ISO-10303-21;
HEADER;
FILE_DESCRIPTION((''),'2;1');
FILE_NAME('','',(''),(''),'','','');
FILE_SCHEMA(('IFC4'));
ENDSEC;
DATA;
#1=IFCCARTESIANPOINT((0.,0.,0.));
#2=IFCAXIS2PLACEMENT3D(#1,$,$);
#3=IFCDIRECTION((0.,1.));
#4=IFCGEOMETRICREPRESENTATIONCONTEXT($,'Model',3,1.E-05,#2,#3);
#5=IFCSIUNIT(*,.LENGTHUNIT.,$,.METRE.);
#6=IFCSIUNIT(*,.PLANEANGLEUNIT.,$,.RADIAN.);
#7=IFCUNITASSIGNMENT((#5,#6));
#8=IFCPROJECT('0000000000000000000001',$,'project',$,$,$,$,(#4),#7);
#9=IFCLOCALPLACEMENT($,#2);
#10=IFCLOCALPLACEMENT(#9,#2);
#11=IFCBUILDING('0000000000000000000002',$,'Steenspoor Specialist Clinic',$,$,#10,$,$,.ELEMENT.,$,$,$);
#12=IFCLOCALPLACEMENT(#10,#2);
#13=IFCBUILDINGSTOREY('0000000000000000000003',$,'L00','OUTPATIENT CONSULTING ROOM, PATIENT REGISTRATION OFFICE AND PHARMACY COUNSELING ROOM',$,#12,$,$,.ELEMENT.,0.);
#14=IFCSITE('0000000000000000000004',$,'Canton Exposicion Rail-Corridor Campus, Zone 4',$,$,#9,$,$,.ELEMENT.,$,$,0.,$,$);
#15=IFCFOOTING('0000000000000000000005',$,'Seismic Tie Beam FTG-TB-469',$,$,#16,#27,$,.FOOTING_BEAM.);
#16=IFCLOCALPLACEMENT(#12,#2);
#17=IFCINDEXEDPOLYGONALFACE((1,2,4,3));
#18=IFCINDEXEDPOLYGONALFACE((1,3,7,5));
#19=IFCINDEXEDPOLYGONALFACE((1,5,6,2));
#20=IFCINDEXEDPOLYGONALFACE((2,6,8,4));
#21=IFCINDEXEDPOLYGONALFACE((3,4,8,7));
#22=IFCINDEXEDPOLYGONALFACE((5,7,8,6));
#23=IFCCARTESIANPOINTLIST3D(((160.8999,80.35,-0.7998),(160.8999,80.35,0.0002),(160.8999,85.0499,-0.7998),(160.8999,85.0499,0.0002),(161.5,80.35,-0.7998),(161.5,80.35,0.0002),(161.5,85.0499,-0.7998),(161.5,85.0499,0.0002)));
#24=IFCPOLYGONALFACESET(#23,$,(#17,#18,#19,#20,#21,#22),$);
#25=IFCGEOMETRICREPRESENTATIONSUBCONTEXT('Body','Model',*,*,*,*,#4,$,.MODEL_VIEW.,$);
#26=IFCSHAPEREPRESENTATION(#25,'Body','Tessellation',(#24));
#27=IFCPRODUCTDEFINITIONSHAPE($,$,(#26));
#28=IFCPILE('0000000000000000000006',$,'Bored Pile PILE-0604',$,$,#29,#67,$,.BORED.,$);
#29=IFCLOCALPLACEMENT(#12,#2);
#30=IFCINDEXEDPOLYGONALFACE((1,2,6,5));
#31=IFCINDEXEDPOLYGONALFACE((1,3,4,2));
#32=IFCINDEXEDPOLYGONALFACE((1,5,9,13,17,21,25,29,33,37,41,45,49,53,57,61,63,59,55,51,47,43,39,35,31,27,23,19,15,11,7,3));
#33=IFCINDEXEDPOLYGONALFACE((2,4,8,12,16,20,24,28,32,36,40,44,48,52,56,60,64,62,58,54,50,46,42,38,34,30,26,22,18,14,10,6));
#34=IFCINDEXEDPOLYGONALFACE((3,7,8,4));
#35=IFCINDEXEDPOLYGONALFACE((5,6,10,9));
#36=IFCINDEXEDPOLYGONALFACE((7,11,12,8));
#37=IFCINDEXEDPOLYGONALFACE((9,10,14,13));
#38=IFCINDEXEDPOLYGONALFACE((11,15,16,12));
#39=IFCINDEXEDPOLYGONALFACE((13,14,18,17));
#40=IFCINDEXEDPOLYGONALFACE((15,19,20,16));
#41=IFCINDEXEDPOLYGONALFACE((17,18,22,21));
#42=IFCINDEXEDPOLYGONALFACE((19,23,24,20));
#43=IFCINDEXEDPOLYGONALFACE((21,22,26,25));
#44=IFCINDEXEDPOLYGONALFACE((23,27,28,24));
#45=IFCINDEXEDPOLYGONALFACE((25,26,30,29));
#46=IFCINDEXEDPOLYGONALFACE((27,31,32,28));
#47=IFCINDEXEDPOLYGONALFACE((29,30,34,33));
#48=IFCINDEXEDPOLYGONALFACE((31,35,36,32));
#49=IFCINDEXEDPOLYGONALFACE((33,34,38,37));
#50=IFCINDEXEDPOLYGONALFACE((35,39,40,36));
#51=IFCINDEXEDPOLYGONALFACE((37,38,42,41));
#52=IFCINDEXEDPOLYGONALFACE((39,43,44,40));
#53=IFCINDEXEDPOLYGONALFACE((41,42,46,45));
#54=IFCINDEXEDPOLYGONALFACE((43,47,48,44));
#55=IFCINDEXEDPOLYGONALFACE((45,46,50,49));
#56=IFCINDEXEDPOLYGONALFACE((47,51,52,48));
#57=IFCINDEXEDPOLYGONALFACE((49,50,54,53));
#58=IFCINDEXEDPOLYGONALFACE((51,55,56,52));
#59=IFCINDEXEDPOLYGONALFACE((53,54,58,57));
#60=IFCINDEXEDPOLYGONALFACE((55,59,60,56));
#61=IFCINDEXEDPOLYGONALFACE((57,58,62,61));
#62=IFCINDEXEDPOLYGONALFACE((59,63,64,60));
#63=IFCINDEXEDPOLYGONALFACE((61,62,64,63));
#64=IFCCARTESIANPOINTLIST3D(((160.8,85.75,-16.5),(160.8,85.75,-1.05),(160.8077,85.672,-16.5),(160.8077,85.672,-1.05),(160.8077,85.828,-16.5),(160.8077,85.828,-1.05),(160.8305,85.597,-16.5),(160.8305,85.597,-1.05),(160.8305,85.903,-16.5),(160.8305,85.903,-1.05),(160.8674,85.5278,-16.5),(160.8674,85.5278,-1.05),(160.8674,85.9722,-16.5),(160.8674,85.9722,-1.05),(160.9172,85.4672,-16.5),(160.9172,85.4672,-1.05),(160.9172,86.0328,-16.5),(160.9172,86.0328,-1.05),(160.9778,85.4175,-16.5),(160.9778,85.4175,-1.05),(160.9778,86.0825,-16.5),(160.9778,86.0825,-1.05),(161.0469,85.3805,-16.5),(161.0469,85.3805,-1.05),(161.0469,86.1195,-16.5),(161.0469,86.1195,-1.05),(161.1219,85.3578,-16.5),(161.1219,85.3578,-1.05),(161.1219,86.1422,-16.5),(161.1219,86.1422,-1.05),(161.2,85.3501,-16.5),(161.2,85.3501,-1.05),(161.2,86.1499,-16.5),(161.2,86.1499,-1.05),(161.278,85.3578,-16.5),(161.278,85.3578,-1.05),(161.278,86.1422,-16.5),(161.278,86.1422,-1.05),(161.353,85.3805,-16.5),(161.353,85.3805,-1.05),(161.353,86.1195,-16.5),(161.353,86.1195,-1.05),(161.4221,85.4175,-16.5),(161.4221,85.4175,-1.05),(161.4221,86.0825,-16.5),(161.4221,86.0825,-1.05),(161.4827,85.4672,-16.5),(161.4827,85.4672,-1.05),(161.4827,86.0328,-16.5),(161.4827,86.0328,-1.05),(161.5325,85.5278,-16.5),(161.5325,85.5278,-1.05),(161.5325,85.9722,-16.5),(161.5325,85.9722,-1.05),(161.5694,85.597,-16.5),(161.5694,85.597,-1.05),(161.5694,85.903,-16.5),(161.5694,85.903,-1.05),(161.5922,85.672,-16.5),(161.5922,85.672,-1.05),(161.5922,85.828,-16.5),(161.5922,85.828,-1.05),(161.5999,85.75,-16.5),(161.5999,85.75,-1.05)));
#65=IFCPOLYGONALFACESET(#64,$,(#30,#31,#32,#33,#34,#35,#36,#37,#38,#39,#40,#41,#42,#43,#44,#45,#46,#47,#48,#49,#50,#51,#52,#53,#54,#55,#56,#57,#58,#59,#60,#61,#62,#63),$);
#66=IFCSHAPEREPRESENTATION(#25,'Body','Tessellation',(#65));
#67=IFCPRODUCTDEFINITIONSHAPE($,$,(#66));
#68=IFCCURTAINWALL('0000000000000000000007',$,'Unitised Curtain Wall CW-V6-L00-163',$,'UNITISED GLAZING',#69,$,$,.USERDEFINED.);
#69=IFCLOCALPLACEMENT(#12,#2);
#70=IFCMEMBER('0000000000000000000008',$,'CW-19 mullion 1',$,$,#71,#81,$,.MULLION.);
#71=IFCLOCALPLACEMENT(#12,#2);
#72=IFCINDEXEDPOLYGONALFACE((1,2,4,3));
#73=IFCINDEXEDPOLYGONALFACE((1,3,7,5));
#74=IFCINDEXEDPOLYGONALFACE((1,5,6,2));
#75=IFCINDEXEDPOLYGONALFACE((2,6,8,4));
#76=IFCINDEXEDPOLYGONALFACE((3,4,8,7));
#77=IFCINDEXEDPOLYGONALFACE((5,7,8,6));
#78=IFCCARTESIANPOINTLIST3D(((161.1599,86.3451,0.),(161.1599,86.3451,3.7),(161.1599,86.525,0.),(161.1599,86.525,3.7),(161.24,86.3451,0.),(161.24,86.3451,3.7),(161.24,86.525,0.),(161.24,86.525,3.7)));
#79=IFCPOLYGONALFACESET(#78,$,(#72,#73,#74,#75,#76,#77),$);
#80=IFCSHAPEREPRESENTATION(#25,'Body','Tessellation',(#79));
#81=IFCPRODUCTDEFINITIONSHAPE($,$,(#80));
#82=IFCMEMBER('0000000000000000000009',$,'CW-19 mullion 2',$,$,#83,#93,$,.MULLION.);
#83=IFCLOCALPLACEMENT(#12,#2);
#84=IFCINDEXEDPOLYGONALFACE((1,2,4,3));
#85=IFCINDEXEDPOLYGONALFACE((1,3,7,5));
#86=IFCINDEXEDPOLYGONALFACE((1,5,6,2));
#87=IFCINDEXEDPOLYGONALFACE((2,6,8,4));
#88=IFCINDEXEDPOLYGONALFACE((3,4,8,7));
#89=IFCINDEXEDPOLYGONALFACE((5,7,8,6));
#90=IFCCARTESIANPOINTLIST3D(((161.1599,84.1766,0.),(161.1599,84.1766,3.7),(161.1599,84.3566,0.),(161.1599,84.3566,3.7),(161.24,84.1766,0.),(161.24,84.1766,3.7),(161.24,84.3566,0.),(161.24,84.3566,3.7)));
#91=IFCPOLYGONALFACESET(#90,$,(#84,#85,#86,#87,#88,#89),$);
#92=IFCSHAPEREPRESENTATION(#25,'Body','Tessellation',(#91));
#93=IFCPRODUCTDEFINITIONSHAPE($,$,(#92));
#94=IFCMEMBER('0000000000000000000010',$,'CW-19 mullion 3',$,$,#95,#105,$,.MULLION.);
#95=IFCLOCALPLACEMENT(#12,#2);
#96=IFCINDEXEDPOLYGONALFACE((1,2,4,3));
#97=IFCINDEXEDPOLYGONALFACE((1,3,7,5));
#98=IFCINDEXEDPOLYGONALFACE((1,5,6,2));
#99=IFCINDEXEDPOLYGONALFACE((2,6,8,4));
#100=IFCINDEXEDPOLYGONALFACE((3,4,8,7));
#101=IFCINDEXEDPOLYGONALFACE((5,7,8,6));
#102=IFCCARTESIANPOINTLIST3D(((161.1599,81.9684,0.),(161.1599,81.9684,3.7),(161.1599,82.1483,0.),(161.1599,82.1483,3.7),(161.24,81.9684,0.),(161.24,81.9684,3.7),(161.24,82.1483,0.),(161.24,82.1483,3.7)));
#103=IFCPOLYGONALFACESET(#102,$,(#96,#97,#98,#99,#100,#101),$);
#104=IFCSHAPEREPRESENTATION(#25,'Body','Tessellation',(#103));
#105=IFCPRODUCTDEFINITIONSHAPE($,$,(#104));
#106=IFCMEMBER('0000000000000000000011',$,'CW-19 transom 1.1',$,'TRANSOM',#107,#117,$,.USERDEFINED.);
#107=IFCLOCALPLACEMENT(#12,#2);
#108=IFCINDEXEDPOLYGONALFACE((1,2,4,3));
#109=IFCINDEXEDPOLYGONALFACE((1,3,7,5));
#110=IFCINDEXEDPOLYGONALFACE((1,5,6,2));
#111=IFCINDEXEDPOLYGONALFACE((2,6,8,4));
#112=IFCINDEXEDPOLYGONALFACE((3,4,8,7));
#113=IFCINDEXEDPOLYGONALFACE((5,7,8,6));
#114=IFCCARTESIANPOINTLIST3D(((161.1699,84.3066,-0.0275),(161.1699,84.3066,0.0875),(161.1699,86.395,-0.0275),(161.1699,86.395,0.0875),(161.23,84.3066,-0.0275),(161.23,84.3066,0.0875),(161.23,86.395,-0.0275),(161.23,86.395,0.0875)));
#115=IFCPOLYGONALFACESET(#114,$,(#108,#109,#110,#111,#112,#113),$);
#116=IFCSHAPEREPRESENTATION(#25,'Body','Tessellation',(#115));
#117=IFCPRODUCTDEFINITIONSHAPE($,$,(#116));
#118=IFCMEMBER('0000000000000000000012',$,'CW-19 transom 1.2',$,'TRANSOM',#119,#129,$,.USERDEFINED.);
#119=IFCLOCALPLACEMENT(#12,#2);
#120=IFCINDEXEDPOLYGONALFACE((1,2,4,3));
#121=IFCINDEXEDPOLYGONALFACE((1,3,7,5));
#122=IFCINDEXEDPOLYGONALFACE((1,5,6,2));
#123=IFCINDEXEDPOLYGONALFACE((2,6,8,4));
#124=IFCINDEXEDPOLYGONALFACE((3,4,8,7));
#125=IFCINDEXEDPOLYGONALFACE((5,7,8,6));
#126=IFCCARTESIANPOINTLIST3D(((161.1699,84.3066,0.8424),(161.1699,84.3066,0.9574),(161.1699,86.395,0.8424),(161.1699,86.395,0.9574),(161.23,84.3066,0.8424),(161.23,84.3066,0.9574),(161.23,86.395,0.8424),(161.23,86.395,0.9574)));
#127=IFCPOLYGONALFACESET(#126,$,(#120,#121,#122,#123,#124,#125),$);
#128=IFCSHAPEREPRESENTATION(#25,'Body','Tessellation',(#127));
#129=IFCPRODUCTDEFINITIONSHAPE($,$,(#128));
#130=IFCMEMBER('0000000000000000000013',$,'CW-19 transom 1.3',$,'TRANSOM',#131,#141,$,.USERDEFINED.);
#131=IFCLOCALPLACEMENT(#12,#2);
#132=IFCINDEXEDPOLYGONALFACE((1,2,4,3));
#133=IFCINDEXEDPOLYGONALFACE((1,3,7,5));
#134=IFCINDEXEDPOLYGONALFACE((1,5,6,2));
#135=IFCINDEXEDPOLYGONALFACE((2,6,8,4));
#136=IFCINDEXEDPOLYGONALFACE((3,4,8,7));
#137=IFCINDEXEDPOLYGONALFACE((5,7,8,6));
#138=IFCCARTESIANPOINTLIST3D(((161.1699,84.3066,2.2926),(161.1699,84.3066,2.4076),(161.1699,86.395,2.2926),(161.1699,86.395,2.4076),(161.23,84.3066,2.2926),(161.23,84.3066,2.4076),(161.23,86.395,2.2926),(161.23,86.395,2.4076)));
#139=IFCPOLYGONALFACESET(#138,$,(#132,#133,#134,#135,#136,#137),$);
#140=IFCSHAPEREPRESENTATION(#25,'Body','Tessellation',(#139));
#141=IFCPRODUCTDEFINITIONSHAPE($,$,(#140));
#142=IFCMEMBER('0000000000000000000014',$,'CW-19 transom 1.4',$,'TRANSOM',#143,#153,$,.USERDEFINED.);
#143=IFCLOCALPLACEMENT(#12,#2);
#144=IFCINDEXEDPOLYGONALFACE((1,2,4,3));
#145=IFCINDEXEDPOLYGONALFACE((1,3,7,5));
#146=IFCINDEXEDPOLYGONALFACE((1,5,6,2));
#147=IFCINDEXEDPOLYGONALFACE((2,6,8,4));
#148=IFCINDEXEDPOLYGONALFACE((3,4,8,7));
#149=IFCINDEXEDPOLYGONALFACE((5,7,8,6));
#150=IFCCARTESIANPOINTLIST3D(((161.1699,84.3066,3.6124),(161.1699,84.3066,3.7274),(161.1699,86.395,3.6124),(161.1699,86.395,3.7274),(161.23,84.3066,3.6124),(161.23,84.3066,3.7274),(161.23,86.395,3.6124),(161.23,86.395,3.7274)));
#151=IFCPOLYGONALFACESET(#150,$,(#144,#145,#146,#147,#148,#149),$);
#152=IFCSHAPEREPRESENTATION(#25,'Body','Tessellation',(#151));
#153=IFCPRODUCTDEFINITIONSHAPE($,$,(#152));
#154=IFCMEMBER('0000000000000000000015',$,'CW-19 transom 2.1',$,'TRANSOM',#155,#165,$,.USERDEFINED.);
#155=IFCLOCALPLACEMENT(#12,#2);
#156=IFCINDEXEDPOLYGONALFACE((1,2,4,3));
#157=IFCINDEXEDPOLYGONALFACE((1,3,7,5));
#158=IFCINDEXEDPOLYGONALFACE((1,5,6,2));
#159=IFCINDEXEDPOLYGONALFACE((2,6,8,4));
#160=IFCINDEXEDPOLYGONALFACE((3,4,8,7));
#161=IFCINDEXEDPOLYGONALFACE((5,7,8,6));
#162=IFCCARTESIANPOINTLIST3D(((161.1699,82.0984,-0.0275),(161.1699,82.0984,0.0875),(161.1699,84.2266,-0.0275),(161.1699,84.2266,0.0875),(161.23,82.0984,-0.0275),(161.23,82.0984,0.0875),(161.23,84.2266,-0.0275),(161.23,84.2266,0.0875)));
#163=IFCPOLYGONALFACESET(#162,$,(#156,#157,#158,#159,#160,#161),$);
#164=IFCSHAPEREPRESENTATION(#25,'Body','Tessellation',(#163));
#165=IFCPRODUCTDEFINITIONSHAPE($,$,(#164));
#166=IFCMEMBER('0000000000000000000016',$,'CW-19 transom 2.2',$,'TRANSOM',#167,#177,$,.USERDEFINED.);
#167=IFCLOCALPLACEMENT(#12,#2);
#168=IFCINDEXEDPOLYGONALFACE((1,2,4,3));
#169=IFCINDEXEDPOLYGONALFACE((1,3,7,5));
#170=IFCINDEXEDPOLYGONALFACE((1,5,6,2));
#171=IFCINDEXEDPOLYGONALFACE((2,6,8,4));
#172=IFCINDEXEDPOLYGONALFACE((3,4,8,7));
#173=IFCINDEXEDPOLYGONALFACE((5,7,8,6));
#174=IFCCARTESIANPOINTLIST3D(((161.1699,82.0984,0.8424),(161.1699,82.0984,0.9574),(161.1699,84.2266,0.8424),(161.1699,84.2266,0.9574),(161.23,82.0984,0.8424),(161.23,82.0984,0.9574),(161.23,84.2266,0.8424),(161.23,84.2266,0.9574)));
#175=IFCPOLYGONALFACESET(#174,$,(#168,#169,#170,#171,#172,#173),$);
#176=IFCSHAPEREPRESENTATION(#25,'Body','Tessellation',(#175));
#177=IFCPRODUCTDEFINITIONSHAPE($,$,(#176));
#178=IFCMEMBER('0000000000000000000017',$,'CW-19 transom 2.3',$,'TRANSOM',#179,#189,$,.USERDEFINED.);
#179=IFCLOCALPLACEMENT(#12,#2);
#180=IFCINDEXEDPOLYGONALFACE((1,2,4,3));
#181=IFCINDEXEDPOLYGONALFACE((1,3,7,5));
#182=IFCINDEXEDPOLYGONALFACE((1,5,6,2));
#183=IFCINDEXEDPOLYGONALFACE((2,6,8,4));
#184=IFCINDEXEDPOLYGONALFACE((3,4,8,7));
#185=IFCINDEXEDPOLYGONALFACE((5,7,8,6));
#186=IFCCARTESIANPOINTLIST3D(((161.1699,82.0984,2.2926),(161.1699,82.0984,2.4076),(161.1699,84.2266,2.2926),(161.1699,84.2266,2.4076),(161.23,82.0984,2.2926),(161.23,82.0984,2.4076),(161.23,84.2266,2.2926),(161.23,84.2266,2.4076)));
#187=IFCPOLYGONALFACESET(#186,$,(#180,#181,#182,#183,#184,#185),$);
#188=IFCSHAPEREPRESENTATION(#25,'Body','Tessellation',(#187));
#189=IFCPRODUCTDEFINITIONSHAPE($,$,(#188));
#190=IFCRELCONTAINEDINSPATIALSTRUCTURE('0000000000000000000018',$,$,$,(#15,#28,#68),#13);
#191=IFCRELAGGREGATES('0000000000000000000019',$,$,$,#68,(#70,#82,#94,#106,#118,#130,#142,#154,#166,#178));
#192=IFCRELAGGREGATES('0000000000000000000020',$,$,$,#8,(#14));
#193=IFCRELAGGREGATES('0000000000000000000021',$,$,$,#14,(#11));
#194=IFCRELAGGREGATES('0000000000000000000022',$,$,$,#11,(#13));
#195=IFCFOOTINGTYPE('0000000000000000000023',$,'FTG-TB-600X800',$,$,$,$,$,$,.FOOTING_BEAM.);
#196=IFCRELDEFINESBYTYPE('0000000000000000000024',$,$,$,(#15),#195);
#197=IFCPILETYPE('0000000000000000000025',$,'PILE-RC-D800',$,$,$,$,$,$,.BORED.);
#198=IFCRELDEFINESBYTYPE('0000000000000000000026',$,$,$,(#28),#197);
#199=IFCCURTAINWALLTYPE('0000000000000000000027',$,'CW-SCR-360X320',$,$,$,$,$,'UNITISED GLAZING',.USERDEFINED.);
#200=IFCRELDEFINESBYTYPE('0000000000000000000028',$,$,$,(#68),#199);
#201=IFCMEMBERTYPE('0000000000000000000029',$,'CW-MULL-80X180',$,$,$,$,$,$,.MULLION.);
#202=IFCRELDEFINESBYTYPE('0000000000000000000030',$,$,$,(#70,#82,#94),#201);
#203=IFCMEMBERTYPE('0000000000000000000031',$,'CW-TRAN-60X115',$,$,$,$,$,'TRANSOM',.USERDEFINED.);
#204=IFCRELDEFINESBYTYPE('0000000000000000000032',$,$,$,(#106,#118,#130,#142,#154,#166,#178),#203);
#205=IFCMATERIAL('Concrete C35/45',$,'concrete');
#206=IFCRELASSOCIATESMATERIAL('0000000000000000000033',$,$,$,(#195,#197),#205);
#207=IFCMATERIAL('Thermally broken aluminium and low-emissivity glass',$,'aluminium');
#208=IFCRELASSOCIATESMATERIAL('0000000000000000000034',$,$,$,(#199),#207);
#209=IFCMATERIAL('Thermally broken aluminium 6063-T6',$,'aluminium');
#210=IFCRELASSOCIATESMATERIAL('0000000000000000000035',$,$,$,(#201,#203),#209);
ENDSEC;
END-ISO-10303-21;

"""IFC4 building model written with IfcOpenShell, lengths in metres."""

from ifc_helpers import new_model, si_unit, direction, frame, origin, origin_2d, place, context, subcontext, project, spatial, rectangle, circle, extrude, material, material_profile, profile_set, type_object, element, aggregate, save


model = new_model("IFC4")

# Units and contexts
model_context = context("Model", 3, precision=1e-05, world=origin(), true_north=direction((0.0, 1.0)))
body_context = subcontext(model_context, "Body", "Model", "MODEL_VIEW")
ifc_project = project(units=[si_unit("LENGTHUNIT", "METRE"), si_unit("PLANEANGLEUNIT", "RADIAN")], contexts=[model_context])

# Site, building, storey
site_placement = place(None, origin())
site = spatial("IfcSite", under=ifc_project, at=site_placement, Name="Canton Exposicion Rail-Corridor Campus, Zone 4", CompositionType="ELEMENT", RefElevation=0.0)
building_placement = place(site_placement, origin())
building = spatial("IfcBuilding", under=site, at=building_placement, Name="Steenspoor Specialist Clinic", CompositionType="ELEMENT")
storey_placement = place(building_placement, origin())
storey = spatial("IfcBuildingStorey", under=building, at=storey_placement, Name="L00", Description="OUTPATIENT CONSULTING ROOM, PATIENT REGISTRATION OFFICE AND PHARMACY COUNSELING ROOM", CompositionType="ELEMENT", Elevation=0.0)

# Footing
ifc_material_1 = material(Name="Concrete C35/45", Category="concrete")
footing_type = type_object("IfcFootingType", Name="FTG-TB-600X800", PredefinedType="FOOTING_BEAM", material=ifc_material_1)
footing_placement = place(storey_placement, frame((161.2, 82.7, -0.7998), z_axis=(0.0, 0.0, 1.0), x_axis=(1.0, 0.0, 0.0)))
element("IfcFooting", 1, at=footing_placement, inside=storey, type_object=footing_type, Name="Seismic Tie Beam FTG-TB-469", PredefinedType="FOOTING_BEAM", context=body_context, shape_type="SweptSolid", body=[
    extrude(rectangle(XDim=0.6001, YDim=4.7, at=origin_2d()), origin(), (0.0, 0.0, 1.0), 0.8),
])

# Pile
ifc_material_profile_1 = material_profile(ifc_material_1, circle(Radius=0.3999, at=origin_2d()), Name="PILE-D800")
ifc_profile_set_1 = profile_set([ifc_material_profile_1], Name="Concrete C35/45")
pile_type = type_object("IfcPileType", Name="PILE-RC-D800", PredefinedType="BORED", material=ifc_profile_set_1)
pile_placement = place(storey_placement, frame((161.2, 85.75, -1.05), z_axis=(0.0, 0.0, -1.0), x_axis=(1.0, 0.0, 0.0)))
element("IfcPile", 2, at=pile_placement, inside=storey, type_object=pile_type, Name="Bored Pile PILE-0604", PredefinedType="BORED", context=body_context, shape_type="SweptSolid", body=[
    extrude(circle(Radius=0.3999, at=origin_2d()), origin(), (0.0, 0.0, 1.0), 15.45),
])

# Curtain wall, members
ifc_material_2 = material(Name="Thermally broken aluminium and low-emissivity glass", Category="aluminium")
curtain_wall_type = type_object("IfcCurtainWallType", Name="CW-SCR-360X320", ElementType="UNITISED GLAZING", PredefinedType="USERDEFINED", material=ifc_material_2)
curtain_wall_placement = place(storey_placement, origin())
curtain_wall = element("IfcCurtainWall", 3, at=curtain_wall_placement, inside=storey, type_object=curtain_wall_type, Name="Unitised Curtain Wall CW-V6-L00-163", ObjectType="UNITISED GLAZING", PredefinedType="USERDEFINED")
ifc_material_3 = material(Name="Thermally broken aluminium 6063-T6", Category="aluminium")
ifc_material_profile_2 = material_profile(ifc_material_3, rectangle(XDim=0.0801, YDim=0.1799, at=origin_2d()), Name="CWM-80X180")
ifc_profile_set_2 = profile_set([ifc_material_profile_2], Name="Thermally broken aluminium 6063-T6")
member_type_1 = type_object("IfcMemberType", Name="CW-MULL-80X180", PredefinedType="MULLION", material=ifc_profile_set_2)
member_1_placement = place(storey_placement, frame((161.2, 86.4351, 0.0), z_axis=(0.0, 0.0, 1.0), x_axis=(1.0, 0.0, 0.0)))
member_1 = element("IfcMember", 4, at=member_1_placement, type_object=member_type_1, Name="CW-19 mullion 1", PredefinedType="MULLION", context=body_context, shape_type="SweptSolid", body=[
    extrude(rectangle(XDim=0.0801, YDim=0.1799, at=origin_2d()), origin(), (0.0, 0.0, 1.0), 3.7),
])
member_2_placement = place(storey_placement, frame((161.2, 84.2666, 0.0), z_axis=(0.0, 0.0, 1.0), x_axis=(1.0, 0.0, 0.0)))
member_2 = element("IfcMember", 5, at=member_2_placement, type_object=member_type_1, Name="CW-19 mullion 2", PredefinedType="MULLION", context=body_context, shape_type="SweptSolid", body=[
    extrude(rectangle(XDim=0.0801, YDim=0.1799, at=origin_2d()), origin(), (0.0, 0.0, 1.0), 3.7),
])
member_3_placement = place(storey_placement, frame((161.2, 82.0583, 0.0), z_axis=(0.0, 0.0, 1.0), x_axis=(1.0, 0.0, 0.0)))
member_3 = element("IfcMember", 6, at=member_3_placement, type_object=member_type_1, Name="CW-19 mullion 3", PredefinedType="MULLION", context=body_context, shape_type="SweptSolid", body=[
    extrude(rectangle(XDim=0.0801, YDim=0.1799, at=origin_2d()), origin(), (0.0, 0.0, 1.0), 3.7),
])
ifc_material_profile_3 = material_profile(ifc_material_3, rectangle(XDim=0.0601, YDim=0.115, at=origin_2d()), Name="CWT-60X115")
ifc_profile_set_3 = profile_set([ifc_material_profile_3], Name="Thermally broken aluminium 6063-T6")
member_type_2 = type_object("IfcMemberType", Name="CW-TRAN-60X115", ElementType="TRANSOM", PredefinedType="USERDEFINED", material=ifc_profile_set_3)
member_4_placement = place(storey_placement, frame((161.2, 86.395, 0.03), z_axis=(0.0, -1.0, 0.0), x_axis=(1.0, 0.0, 0.0)))
member_4 = element("IfcMember", 7, at=member_4_placement, type_object=member_type_2, Name="CW-19 transom 1.1", ObjectType="TRANSOM", PredefinedType="USERDEFINED", context=body_context, shape_type="SweptSolid", body=[
    extrude(rectangle(XDim=0.0601, YDim=0.115, at=origin_2d()), origin(), (0.0, 0.0, 1.0), 2.0884),
])
member_5_placement = place(storey_placement, frame((161.2, 86.395, 0.8999), z_axis=(0.0, -1.0, 0.0), x_axis=(1.0, 0.0, 0.0)))
member_5 = element("IfcMember", 8, at=member_5_placement, type_object=member_type_2, Name="CW-19 transom 1.2", ObjectType="TRANSOM", PredefinedType="USERDEFINED", context=body_context, shape_type="SweptSolid", body=[
    extrude(rectangle(XDim=0.0601, YDim=0.115, at=origin_2d()), origin(), (0.0, 0.0, 1.0), 2.0884),
])
member_6_placement = place(storey_placement, frame((161.2, 86.395, 2.3501), z_axis=(0.0, -1.0, 0.0), x_axis=(1.0, 0.0, 0.0)))
member_6 = element("IfcMember", 9, at=member_6_placement, type_object=member_type_2, Name="CW-19 transom 1.3", ObjectType="TRANSOM", PredefinedType="USERDEFINED", context=body_context, shape_type="SweptSolid", body=[
    extrude(rectangle(XDim=0.0601, YDim=0.115, at=origin_2d()), origin(), (0.0, 0.0, 1.0), 2.0884),
])
member_7_placement = place(storey_placement, frame((161.2, 86.395, 3.6699), z_axis=(0.0, -1.0, 0.0), x_axis=(1.0, 0.0, 0.0)))
member_7 = element("IfcMember", 10, at=member_7_placement, type_object=member_type_2, Name="CW-19 transom 1.4", ObjectType="TRANSOM", PredefinedType="USERDEFINED", context=body_context, shape_type="SweptSolid", body=[
    extrude(rectangle(XDim=0.0601, YDim=0.115, at=origin_2d()), origin(), (0.0, 0.0, 1.0), 2.0884),
])
member_8_placement = place(storey_placement, frame((161.2, 84.2266, 0.03), z_axis=(0.0, -1.0, 0.0), x_axis=(1.0, 0.0, 0.0)))
member_8 = element("IfcMember", 11, at=member_8_placement, type_object=member_type_2, Name="CW-19 transom 2.1", ObjectType="TRANSOM", PredefinedType="USERDEFINED", context=body_context, shape_type="SweptSolid", body=[
    extrude(rectangle(XDim=0.0601, YDim=0.115, at=origin_2d()), origin(), (0.0, 0.0, 1.0), 2.1282),
])
member_9_placement = place(storey_placement, frame((161.2, 84.2266, 0.8999), z_axis=(0.0, -1.0, 0.0), x_axis=(1.0, 0.0, 0.0)))
member_9 = element("IfcMember", 12, at=member_9_placement, type_object=member_type_2, Name="CW-19 transom 2.2", ObjectType="TRANSOM", PredefinedType="USERDEFINED", context=body_context, shape_type="SweptSolid", body=[
    extrude(rectangle(XDim=0.0601, YDim=0.115, at=origin_2d()), origin(), (0.0, 0.0, 1.0), 2.1282),
])
member_10_placement = place(storey_placement, frame((161.2, 84.2266, 2.3501), z_axis=(0.0, -1.0, 0.0), x_axis=(1.0, 0.0, 0.0)))
member_10 = element("IfcMember", 13, at=member_10_placement, type_object=member_type_2, Name="CW-19 transom 2.3", ObjectType="TRANSOM", PredefinedType="USERDEFINED", context=body_context, shape_type="SweptSolid", body=[
    extrude(rectangle(XDim=0.0601, YDim=0.115, at=origin_2d()), origin(), (0.0, 0.0, 1.0), 2.1282),
])
aggregate(curtain_wall, [member_1, member_2, member_3, member_4, member_5, member_6, member_7, member_8, member_9, member_10])

save(model, "model.ifc")
